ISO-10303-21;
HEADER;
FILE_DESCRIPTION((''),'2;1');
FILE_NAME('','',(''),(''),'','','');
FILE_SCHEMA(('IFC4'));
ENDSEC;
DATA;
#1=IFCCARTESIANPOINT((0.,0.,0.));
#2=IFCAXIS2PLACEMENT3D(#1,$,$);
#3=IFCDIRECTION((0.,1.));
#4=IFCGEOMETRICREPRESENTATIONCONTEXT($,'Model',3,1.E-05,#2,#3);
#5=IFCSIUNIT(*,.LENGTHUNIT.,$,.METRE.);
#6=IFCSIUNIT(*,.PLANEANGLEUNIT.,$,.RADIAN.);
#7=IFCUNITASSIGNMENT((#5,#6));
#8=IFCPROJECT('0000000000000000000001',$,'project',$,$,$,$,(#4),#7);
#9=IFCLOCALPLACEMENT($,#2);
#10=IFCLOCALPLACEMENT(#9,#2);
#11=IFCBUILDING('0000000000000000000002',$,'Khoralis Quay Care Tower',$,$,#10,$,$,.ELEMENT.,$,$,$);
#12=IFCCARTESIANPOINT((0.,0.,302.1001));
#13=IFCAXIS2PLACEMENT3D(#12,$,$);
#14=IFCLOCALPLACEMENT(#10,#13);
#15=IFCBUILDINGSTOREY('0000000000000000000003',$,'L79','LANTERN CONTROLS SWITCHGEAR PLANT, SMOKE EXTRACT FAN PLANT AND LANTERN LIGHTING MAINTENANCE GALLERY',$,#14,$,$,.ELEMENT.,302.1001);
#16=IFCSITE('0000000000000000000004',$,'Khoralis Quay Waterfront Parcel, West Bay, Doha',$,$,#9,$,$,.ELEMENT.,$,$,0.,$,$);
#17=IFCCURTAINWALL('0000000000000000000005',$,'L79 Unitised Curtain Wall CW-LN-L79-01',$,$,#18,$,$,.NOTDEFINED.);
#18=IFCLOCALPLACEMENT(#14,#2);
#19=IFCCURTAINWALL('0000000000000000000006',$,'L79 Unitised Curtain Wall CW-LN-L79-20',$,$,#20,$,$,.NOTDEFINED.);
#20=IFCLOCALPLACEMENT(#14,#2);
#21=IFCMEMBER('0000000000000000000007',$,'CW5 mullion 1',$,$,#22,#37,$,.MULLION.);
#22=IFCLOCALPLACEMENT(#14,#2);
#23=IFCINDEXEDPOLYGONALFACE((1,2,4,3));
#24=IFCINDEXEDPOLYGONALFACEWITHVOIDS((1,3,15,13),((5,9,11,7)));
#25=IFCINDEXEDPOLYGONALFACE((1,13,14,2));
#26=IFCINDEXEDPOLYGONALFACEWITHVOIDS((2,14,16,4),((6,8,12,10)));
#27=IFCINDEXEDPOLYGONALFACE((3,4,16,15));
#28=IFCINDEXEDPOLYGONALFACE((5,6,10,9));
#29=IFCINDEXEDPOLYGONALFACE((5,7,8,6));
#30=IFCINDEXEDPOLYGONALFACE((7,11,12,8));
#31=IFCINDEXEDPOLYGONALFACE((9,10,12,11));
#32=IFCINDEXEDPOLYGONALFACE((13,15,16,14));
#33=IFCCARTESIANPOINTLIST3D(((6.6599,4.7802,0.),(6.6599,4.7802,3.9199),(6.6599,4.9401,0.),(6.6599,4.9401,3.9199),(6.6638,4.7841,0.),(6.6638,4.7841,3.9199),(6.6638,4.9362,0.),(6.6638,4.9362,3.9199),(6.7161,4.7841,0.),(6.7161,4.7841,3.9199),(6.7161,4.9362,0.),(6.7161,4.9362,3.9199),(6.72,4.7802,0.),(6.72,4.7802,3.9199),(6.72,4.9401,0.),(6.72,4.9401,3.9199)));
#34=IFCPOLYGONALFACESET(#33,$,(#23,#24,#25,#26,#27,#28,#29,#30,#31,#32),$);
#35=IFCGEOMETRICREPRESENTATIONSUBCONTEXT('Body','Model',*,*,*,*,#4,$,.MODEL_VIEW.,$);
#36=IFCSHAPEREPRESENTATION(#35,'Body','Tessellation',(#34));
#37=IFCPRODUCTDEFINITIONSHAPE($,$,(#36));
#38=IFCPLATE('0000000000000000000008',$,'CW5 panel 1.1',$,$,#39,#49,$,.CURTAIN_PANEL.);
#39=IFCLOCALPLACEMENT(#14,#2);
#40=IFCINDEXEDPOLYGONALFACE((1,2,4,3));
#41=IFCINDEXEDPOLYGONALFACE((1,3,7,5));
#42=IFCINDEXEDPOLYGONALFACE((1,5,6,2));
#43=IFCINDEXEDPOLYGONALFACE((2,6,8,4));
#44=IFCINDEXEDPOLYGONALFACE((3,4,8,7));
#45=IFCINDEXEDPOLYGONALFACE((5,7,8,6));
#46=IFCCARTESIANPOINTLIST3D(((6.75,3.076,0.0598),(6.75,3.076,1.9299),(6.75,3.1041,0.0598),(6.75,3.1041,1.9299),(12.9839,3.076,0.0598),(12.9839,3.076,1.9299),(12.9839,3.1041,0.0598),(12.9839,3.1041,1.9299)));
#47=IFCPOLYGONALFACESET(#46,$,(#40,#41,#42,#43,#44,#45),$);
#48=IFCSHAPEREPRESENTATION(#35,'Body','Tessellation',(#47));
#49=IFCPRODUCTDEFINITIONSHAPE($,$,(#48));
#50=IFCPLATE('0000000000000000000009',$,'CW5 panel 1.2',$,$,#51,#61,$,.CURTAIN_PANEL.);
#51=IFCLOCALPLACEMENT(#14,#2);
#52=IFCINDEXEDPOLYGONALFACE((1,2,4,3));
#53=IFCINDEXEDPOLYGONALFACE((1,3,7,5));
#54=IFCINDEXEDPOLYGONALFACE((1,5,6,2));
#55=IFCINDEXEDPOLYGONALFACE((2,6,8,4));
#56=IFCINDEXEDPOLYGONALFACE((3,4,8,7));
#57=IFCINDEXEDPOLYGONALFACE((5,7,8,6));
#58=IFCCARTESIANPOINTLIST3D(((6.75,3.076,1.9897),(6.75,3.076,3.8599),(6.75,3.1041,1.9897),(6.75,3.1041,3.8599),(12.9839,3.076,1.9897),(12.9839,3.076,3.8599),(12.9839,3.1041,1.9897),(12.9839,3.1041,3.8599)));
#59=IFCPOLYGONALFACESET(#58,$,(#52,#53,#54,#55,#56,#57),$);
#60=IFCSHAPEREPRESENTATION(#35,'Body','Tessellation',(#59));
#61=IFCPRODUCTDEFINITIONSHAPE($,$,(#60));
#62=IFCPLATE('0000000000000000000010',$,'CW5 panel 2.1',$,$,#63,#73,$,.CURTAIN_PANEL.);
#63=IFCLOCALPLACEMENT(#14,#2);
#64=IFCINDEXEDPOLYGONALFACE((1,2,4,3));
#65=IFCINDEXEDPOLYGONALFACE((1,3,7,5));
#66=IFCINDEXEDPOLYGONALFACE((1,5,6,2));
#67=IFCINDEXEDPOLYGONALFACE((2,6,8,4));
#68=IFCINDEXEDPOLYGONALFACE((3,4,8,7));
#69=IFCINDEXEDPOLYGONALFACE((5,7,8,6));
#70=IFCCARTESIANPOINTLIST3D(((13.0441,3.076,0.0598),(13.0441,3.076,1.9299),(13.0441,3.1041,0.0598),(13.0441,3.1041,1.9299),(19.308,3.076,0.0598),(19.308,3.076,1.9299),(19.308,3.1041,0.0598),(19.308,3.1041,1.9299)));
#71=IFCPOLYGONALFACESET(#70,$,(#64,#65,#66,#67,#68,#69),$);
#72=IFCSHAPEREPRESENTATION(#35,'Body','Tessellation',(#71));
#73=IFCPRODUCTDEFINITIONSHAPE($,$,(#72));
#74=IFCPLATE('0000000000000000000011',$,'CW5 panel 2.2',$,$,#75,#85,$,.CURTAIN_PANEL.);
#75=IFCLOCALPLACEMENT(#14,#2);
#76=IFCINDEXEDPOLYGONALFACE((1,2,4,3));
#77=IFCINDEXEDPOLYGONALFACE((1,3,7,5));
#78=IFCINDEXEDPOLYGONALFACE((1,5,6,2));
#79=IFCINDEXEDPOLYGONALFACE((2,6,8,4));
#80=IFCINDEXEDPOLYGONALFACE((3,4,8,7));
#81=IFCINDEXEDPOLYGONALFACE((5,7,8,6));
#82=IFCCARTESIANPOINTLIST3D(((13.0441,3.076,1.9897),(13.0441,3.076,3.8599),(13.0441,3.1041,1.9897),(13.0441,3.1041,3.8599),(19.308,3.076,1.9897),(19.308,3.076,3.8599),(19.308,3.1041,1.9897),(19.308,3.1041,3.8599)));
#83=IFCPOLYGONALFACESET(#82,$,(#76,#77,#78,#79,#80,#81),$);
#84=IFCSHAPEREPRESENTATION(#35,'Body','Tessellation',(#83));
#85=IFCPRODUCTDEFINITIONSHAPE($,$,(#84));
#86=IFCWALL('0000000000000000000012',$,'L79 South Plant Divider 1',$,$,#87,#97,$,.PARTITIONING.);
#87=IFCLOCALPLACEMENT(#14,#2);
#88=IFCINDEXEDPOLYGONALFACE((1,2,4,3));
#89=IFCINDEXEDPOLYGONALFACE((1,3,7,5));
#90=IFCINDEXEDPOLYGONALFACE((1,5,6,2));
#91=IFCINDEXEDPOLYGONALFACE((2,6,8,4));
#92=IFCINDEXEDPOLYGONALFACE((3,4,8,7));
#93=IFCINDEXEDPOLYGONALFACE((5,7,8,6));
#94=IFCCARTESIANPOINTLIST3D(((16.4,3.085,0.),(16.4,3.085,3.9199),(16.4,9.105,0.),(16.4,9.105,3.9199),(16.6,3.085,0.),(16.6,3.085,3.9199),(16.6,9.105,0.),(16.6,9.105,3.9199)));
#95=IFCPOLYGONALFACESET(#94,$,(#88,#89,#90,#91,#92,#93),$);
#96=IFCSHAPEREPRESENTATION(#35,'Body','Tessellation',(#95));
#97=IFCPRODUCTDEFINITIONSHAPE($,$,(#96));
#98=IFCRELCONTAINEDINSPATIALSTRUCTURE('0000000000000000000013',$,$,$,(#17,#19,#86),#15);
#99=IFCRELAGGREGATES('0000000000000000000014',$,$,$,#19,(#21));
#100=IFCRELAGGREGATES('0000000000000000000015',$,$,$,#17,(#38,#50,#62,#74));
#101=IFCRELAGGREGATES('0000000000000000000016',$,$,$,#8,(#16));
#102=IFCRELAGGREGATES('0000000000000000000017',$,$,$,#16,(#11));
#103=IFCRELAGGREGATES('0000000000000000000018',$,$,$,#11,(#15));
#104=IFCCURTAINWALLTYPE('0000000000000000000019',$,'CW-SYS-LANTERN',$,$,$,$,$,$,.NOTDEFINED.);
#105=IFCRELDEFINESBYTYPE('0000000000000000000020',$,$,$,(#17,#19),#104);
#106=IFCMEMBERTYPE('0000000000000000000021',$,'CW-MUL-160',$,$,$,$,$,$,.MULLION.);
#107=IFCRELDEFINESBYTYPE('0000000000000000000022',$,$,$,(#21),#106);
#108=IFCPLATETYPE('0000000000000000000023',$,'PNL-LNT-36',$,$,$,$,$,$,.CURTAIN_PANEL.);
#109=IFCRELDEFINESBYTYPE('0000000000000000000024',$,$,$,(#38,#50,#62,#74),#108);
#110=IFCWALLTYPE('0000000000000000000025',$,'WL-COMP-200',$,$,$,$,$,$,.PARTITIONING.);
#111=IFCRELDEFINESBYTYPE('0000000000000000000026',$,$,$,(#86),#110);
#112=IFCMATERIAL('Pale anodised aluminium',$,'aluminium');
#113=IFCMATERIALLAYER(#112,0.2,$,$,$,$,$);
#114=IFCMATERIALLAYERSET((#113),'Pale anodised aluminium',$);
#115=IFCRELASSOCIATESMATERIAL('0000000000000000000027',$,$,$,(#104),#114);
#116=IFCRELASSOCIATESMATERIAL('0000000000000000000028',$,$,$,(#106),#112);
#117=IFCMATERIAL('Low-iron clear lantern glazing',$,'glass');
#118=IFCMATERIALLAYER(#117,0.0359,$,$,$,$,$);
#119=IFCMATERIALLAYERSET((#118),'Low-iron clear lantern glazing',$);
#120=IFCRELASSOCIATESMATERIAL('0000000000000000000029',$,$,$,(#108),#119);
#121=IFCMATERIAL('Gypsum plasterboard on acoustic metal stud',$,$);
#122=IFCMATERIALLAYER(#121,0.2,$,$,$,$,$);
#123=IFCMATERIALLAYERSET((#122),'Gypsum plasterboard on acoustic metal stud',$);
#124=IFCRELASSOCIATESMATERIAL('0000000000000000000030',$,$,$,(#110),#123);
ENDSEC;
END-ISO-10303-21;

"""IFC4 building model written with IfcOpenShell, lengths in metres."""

from ifc_helpers import new_model, si_unit, direction, frame, frame_2d, origin, origin_2d, place, context, subcontext, project, spatial, rectangle, hollow_rectangle, extrude, source, transform, mapped, material, layer, layer_set, material_profile, profile_set, type_object, element, aggregate, save


model = new_model("IFC4")

# Units and contexts
model_context = context("Model", 3, precision=1e-05, world=origin(), true_north=direction((0.0, 1.0)))
body_context = subcontext(model_context, "Body", "Model", "MODEL_VIEW")
ifc_project = project(units=[si_unit("LENGTHUNIT", "METRE"), si_unit("PLANEANGLEUNIT", "RADIAN")], contexts=[model_context])

# Site, building, storey
site_placement = place(None, origin())
site = spatial("IfcSite", under=ifc_project, at=site_placement, Name="Khoralis Quay Waterfront Parcel, West Bay, Doha", CompositionType="ELEMENT", RefElevation=0.0)
building_placement = place(site_placement, origin())
building = spatial("IfcBuilding", under=site, at=building_placement, Name="Khoralis Quay Care Tower", CompositionType="ELEMENT")
storey_placement = place(building_placement, frame((0.0, 0.0, 302.1001)))
storey = spatial("IfcBuildingStorey", under=building, at=storey_placement, Name="L79", Description="LANTERN CONTROLS SWITCHGEAR PLANT, SMOKE EXTRACT FAN PLANT AND LANTERN LIGHTING MAINTENANCE GALLERY", CompositionType="ELEMENT", Elevation=302.1001)

# Curtain walls
ifc_material_1 = material(Name="Pale anodised aluminium", Category="aluminium")
ifc_layer_1 = layer(ifc_material_1, 0.2)
ifc_layer_set_1 = layer_set([ifc_layer_1], Name="Pale anodised aluminium")
curtain_wall_type = type_object("IfcCurtainWallType", Name="CW-SYS-LANTERN", PredefinedType="NOTDEFINED", material=ifc_layer_set_1)
curtain_wall_1_placement = place(storey_placement, origin())
curtain_wall_1 = element("IfcCurtainWall", 1, at=curtain_wall_1_placement, inside=storey, type_object=curtain_wall_type, Name="L79 Unitised Curtain Wall CW-LN-L79-01", PredefinedType="NOTDEFINED")
curtain_wall_2_placement = place(storey_placement, origin())
curtain_wall_2 = element("IfcCurtainWall", 2, at=curtain_wall_2_placement, inside=storey, type_object=curtain_wall_type, Name="L79 Unitised Curtain Wall CW-LN-L79-20", PredefinedType="NOTDEFINED")

# Member
ifc_material_profile_1 = material_profile(ifc_material_1, hollow_rectangle(XDim=0.0601, YDim=0.1599, WallThickness=0.0039, at=origin_2d()), Name="Pale anodised aluminium")
ifc_profile_set_1 = profile_set([ifc_material_profile_1], Name="Pale anodised aluminium")
member_type_1 = type_object("IfcMemberType", Name="CW-MUL-160", PredefinedType="MULLION", material=ifc_profile_set_1)
shared_shape_1 = source(origin(), body_context, "Body", "SweptSolid", [
    extrude(hollow_rectangle(XDim=0.0601, YDim=0.1599, WallThickness=0.0039, at=origin_2d()), origin(), (0.0, 0.0, 1.0), 3.9199),
])
member_1_placement = place(storey_placement, frame((6.6899, 4.8601, 0.0), z_axis=(0.0, 0.0, 1.0), x_axis=(1.0, 0.0, 0.0)))
member_1 = element("IfcMember", 3, at=member_1_placement, type_object=member_type_1, Name="CW5 mullion 1", PredefinedType="MULLION", context=body_context, shape_type="MappedRepresentation", body=[
    mapped(shared_shape_1, transform((0.0, 0.0, 0.0), scale=1.0)),
])
aggregate(curtain_wall_2, [member_1])

# Plates
ifc_material_2 = material(Name="Low-iron clear lantern glazing", Category="glass")
ifc_layer_2 = layer(ifc_material_2, 0.0359)
ifc_layer_set_2 = layer_set([ifc_layer_2], Name="Low-iron clear lantern glazing")
plate_type = type_object("IfcPlateType", Name="PNL-LNT-36", PredefinedType="CURTAIN_PANEL", material=ifc_layer_set_2)
shared_shape_2 = source(origin(), body_context, "Body", "SweptSolid", [
    extrude(rectangle(XDim=6.2339, YDim=0.0281, at=origin_2d()), origin(), (0.0, 0.0, 1.0), 1.8701),
])
plate_1_placement = place(storey_placement, frame((9.8669, 3.0901, 0.0598), z_axis=(0.0, 0.0, 1.0), x_axis=(1.0, 0.0, 0.0)))
plate_1 = element("IfcPlate", 4, at=plate_1_placement, type_object=plate_type, Name="CW5 panel 1.1", PredefinedType="CURTAIN_PANEL", context=body_context, shape_type="MappedRepresentation", body=[
    mapped(shared_shape_2, transform((0.0, 0.0, 0.0), scale=1.0)),
])
plate_2_placement = place(storey_placement, frame((9.8669, 3.0901, 1.9897), z_axis=(0.0, 0.0, 1.0), x_axis=(1.0, 0.0, 0.0)))
plate_2 = element("IfcPlate", 5, at=plate_2_placement, type_object=plate_type, Name="CW5 panel 1.2", PredefinedType="CURTAIN_PANEL", context=body_context, shape_type="MappedRepresentation", body=[
    mapped(shared_shape_2, transform((0.0, 0.0, 0.0), scale=1.0)),
])
shared_shape_3 = source(origin(), body_context, "Body", "SweptSolid", [
    extrude(rectangle(XDim=6.2639, YDim=0.0281, at=origin_2d()), origin(), (0.0, 0.0, 1.0), 1.8701),
])
plate_3_placement = place(storey_placement, frame((16.176, 3.0901, 0.0598), z_axis=(0.0, 0.0, 1.0), x_axis=(1.0, 0.0, 0.0)))
plate_3 = element("IfcPlate", 6, at=plate_3_placement, type_object=plate_type, Name="CW5 panel 2.1", PredefinedType="CURTAIN_PANEL", context=body_context, shape_type="MappedRepresentation", body=[
    mapped(shared_shape_3, transform((0.0, 0.0, 0.0), scale=1.0)),
])
plate_4_placement = place(storey_placement, frame((16.176, 3.0901, 1.9897), z_axis=(0.0, 0.0, 1.0), x_axis=(1.0, 0.0, 0.0)))
plate_4 = element("IfcPlate", 7, at=plate_4_placement, type_object=plate_type, Name="CW5 panel 2.2", PredefinedType="CURTAIN_PANEL", context=body_context, shape_type="MappedRepresentation", body=[
    mapped(shared_shape_3, transform((0.0, 0.0, 0.0), scale=1.0)),
])
aggregate(curtain_wall_1, [plate_1, plate_2, plate_3, plate_4])

# Wall
ifc_material_3 = material(Name="Gypsum plasterboard on acoustic metal stud")
ifc_layer_3 = layer(ifc_material_3, 0.2)
ifc_layer_set_3 = layer_set([ifc_layer_3], Name="Gypsum plasterboard on acoustic metal stud")
wall_type = type_object("IfcWallType", Name="WL-COMP-200", PredefinedType="PARTITIONING", material=ifc_layer_set_3)
wall_placement = place(storey_placement, frame((16.5, 3.085, 0.0), z_axis=(0.0, 0.0, 1.0), x_axis=(0.0, 1.0, 0.0)))
element("IfcWall", 8, at=wall_placement, inside=storey, type_object=wall_type, Name="L79 South Plant Divider 1", PredefinedType="PARTITIONING", context=body_context, shape_type="SweptSolid", body=[
    extrude(rectangle(XDim=6.02, YDim=0.2, at=frame_2d((3.01, 0.0))), origin(), (0.0, 0.0, 1.0), 3.9199),
])

save(model, "model.ifc")
